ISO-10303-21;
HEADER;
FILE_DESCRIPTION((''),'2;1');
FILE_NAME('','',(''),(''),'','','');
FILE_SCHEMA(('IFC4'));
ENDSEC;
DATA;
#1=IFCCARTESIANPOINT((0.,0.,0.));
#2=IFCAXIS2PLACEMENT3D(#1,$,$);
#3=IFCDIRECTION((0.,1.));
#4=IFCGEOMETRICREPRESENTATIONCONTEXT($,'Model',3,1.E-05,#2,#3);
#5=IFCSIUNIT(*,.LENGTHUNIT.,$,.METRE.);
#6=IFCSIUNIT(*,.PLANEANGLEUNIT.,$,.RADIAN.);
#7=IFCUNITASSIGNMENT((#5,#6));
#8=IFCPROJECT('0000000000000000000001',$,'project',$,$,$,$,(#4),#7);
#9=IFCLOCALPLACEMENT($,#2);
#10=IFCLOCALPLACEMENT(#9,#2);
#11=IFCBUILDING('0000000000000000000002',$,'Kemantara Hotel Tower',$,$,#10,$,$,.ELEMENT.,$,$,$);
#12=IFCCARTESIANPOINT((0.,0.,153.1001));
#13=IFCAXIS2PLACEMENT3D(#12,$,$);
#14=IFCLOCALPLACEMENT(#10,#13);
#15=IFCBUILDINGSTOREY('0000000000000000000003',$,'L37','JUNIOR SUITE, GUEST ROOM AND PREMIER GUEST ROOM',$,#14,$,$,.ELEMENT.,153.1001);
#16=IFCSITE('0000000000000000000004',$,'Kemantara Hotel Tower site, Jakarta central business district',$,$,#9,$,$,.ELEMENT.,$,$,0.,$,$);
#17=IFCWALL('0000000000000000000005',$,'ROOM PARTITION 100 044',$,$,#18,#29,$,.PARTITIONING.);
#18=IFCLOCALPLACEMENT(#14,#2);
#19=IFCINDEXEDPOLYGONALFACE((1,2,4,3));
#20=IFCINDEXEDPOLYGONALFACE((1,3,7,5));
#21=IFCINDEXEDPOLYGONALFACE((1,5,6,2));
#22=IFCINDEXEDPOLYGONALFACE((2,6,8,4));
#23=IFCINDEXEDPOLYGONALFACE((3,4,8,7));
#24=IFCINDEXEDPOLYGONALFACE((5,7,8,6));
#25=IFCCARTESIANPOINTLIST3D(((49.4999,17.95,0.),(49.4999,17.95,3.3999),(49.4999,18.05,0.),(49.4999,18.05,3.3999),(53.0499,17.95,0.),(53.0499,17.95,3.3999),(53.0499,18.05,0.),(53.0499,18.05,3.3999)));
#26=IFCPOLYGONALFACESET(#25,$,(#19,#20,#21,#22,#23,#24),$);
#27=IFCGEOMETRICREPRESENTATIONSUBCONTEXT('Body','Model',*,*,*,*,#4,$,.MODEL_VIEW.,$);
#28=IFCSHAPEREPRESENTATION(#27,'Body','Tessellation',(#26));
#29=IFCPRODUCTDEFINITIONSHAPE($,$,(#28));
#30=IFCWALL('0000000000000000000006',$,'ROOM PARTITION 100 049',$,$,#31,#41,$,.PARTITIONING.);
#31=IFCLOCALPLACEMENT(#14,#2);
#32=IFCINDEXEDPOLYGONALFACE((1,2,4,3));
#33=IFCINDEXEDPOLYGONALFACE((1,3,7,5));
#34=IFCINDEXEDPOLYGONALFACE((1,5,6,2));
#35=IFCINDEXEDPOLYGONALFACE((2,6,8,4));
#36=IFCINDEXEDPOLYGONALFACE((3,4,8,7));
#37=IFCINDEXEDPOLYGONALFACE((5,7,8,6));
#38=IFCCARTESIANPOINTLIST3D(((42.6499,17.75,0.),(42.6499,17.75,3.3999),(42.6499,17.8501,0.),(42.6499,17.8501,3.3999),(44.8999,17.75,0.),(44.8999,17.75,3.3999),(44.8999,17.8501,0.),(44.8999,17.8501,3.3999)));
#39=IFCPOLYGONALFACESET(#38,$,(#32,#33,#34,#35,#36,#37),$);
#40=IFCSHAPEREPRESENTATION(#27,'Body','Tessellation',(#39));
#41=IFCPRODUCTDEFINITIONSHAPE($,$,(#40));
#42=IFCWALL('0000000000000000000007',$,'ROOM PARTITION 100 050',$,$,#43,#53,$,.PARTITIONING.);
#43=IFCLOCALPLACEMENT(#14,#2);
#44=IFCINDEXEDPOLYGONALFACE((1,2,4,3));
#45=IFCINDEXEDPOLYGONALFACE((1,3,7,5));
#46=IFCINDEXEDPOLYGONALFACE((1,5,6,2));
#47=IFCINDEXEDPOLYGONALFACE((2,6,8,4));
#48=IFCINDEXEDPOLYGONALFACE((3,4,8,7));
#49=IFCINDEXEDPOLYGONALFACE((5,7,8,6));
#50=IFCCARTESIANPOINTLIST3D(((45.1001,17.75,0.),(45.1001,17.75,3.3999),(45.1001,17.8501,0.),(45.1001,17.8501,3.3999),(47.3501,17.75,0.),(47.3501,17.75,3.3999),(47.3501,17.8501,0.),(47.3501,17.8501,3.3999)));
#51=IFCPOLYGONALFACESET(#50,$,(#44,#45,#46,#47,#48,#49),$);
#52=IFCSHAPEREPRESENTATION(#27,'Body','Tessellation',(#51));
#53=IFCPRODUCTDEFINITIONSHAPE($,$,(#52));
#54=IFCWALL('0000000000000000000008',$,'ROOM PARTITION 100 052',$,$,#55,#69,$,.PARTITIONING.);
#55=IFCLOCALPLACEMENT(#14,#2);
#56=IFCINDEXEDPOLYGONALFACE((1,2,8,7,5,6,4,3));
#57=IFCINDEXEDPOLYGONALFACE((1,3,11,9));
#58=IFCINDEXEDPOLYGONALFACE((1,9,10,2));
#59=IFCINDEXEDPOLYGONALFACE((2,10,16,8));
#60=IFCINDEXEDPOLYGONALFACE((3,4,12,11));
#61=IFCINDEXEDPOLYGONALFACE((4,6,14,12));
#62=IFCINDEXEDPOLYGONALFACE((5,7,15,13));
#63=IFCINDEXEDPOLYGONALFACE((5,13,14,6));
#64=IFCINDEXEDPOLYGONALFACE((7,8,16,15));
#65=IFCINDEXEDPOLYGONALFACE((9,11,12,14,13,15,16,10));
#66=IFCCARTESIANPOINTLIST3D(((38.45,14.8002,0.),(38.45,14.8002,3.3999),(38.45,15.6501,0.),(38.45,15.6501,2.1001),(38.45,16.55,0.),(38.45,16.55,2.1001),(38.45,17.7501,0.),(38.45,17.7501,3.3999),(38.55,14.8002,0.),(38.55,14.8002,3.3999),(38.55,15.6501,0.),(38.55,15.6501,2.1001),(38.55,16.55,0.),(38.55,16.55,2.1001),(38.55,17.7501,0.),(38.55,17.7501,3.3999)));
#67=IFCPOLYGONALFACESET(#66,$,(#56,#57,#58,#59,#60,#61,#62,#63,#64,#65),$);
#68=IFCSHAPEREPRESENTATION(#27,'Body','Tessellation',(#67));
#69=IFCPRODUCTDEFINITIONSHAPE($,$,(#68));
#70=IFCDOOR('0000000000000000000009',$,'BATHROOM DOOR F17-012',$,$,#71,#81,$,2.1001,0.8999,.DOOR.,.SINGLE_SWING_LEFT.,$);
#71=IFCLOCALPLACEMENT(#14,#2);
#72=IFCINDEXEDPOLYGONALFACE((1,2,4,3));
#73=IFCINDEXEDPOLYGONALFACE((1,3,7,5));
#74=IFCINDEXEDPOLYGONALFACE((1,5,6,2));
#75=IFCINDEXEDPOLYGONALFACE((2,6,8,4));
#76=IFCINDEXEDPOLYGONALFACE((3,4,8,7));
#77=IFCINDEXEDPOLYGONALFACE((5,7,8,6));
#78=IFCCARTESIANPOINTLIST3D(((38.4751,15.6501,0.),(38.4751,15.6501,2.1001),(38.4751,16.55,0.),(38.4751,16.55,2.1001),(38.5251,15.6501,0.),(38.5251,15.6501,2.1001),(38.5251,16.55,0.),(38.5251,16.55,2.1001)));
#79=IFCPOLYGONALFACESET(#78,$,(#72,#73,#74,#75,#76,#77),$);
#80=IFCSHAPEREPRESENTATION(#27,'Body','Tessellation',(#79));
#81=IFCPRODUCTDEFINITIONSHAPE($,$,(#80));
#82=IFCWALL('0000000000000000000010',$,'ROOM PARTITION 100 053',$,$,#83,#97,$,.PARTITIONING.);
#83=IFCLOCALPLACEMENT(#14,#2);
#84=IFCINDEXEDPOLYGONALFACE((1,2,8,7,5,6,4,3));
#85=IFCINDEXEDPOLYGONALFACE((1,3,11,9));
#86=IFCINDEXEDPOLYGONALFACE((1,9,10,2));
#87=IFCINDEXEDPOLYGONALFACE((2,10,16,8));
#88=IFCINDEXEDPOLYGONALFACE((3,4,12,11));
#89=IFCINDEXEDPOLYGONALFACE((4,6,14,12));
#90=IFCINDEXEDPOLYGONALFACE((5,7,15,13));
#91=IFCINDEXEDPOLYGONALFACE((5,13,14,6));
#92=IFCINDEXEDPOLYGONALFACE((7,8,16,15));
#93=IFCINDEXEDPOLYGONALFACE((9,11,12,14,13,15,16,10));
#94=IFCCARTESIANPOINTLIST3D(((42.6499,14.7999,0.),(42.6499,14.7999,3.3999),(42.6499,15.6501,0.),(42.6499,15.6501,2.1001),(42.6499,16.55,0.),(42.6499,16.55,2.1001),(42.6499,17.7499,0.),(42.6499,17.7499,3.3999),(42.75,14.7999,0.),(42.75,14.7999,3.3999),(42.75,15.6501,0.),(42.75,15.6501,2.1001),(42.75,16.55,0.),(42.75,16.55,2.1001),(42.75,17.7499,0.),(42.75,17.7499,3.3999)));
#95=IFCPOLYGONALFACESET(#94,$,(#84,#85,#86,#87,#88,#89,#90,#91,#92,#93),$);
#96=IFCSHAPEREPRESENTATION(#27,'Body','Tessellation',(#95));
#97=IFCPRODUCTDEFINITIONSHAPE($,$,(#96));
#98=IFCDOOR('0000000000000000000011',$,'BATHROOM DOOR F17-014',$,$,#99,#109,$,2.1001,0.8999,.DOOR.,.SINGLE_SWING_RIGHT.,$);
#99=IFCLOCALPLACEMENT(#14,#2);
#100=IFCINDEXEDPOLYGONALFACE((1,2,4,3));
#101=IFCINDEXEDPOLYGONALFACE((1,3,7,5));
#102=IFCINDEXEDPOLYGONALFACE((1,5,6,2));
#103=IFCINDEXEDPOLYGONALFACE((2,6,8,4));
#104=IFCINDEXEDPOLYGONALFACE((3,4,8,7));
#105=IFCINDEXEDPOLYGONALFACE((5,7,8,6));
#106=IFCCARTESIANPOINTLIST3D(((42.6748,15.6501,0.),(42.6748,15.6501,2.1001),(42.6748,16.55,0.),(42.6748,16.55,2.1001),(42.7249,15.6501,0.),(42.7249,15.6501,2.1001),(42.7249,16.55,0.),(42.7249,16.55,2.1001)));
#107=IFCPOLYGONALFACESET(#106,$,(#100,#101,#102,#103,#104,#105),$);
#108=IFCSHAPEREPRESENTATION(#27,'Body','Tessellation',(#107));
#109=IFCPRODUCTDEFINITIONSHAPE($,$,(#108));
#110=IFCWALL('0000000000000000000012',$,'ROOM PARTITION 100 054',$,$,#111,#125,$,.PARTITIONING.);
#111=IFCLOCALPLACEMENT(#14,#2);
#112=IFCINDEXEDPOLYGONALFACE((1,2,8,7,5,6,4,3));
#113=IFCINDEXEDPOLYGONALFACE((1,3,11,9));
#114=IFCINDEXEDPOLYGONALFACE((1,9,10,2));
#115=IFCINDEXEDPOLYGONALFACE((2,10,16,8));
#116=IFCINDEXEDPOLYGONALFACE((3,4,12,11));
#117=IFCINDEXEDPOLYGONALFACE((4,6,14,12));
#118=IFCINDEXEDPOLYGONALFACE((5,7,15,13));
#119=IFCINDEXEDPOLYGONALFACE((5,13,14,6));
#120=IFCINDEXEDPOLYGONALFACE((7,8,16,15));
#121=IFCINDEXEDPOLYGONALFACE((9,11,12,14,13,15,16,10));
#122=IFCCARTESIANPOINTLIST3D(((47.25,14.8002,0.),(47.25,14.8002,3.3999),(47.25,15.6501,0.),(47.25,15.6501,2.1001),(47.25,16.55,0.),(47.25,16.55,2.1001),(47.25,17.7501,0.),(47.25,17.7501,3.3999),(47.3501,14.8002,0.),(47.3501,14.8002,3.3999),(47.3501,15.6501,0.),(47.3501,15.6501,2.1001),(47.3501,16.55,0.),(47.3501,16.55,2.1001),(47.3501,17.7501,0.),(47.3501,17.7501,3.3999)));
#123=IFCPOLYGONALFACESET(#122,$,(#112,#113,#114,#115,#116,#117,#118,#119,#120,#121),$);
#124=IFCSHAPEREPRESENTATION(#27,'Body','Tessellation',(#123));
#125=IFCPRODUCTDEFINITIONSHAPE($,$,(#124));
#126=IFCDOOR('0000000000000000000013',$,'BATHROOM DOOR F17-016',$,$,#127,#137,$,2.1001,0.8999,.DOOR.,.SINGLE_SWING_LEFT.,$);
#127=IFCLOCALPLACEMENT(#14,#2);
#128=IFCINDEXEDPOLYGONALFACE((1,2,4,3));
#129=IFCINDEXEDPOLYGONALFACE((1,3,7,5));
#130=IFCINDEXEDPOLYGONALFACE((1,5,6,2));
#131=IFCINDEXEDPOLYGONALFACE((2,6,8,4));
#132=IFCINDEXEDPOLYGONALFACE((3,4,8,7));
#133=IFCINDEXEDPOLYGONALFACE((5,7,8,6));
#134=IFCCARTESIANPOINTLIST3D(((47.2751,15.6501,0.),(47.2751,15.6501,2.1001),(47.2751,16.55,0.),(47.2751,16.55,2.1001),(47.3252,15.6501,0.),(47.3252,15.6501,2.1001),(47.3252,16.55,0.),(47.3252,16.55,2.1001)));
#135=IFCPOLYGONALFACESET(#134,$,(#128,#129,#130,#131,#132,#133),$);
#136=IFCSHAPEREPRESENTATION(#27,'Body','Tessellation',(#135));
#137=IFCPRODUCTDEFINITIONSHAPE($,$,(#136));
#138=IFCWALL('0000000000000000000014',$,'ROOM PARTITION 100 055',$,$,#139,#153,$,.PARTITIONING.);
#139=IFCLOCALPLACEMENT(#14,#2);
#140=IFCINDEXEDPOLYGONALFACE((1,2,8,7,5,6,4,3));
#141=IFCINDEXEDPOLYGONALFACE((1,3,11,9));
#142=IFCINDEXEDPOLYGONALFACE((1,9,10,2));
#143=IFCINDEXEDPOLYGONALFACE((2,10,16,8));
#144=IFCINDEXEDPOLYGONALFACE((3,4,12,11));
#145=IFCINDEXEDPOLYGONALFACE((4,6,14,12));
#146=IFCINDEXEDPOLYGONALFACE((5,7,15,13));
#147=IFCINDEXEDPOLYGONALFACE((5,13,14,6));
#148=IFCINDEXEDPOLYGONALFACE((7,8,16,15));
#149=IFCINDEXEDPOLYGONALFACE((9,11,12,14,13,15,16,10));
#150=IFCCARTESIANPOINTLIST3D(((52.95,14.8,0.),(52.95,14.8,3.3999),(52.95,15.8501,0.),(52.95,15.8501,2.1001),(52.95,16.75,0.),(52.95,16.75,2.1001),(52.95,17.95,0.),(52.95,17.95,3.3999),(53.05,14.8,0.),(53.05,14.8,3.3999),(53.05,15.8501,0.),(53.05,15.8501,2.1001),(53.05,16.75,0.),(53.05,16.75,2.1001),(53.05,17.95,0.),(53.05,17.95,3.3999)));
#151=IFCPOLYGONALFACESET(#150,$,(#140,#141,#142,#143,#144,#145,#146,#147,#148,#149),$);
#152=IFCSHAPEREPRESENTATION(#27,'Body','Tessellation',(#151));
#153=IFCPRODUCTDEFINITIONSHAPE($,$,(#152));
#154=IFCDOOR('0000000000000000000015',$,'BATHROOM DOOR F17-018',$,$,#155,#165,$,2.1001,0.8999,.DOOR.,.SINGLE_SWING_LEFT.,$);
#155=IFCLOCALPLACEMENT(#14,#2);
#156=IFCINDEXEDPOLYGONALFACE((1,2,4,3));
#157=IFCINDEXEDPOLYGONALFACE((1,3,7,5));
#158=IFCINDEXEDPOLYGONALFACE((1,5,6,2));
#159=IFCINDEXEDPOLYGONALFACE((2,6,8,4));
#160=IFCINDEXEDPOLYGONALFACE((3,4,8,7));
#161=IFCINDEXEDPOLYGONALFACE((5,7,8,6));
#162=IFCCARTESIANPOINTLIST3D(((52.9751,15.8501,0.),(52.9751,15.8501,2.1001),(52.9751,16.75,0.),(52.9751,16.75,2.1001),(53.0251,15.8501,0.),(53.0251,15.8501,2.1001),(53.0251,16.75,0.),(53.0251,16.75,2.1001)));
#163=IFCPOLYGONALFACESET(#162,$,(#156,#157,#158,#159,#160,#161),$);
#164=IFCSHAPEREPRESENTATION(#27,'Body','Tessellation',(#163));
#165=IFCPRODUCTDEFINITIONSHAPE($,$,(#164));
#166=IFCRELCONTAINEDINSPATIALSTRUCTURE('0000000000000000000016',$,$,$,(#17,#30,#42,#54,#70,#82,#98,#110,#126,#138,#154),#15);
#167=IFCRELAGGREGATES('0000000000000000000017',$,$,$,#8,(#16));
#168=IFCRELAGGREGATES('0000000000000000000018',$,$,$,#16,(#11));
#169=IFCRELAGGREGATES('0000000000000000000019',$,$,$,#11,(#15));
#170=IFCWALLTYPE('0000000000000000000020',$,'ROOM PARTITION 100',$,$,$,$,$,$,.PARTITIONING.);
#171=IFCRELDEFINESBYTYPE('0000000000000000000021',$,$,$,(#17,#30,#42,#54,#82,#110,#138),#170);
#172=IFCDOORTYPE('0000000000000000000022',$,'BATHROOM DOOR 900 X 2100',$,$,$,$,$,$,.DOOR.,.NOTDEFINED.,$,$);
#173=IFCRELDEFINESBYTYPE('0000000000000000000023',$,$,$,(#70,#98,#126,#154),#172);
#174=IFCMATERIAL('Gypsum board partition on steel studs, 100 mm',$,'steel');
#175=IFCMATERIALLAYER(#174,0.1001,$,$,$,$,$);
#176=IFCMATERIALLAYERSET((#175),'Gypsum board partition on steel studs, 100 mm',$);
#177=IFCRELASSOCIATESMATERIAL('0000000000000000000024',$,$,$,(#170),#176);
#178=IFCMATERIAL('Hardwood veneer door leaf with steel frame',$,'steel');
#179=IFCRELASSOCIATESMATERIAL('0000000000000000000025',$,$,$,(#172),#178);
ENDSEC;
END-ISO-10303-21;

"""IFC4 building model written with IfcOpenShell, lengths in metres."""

from ifc_helpers import new_model, si_unit, direction, frame, frame_2d, origin, place, context, subcontext, project, spatial, rectangle, extrude, material, layer, layer_set, type_object, element, fill, save


model = new_model("IFC4")

# Units and contexts
model_context = context("Model", 3, precision=1e-05, world=origin(), true_north=direction((0.0, 1.0)))
body_context = subcontext(model_context, "Body", "Model", "MODEL_VIEW")
ifc_project = project(units=[si_unit("LENGTHUNIT", "METRE"), si_unit("PLANEANGLEUNIT", "RADIAN")], contexts=[model_context])

# Site, building, storey
site_placement = place(None, origin())
site = spatial("IfcSite", under=ifc_project, at=site_placement, Name="Kemantara Hotel Tower site, Jakarta central business district", CompositionType="ELEMENT", RefElevation=0.0)
building_placement = place(site_placement, origin())
building = spatial("IfcBuilding", under=site, at=building_placement, Name="Kemantara Hotel Tower", CompositionType="ELEMENT")
storey_placement = place(building_placement, frame((0.0, 0.0, 153.1001)))
storey = spatial("IfcBuildingStorey", under=building, at=storey_placement, Name="L37", Description="JUNIOR SUITE, GUEST ROOM AND PREMIER GUEST ROOM", CompositionType="ELEMENT", Elevation=153.1001)

# Walls
ifc_material_1 = material(Name="Gypsum board partition on steel studs, 100 mm", Category="steel")
ifc_layer_1 = layer(ifc_material_1, 0.1001)
ifc_layer_set_1 = layer_set([ifc_layer_1], Name="Gypsum board partition on steel studs, 100 mm")
wall_type_1 = type_object("IfcWallType", Name="ROOM PARTITION 100", PredefinedType="PARTITIONING", material=ifc_layer_set_1)
wall_1_placement = place(storey_placement, frame((49.5, 18.0, 0.0), z_axis=(0.0, 0.0, 1.0), x_axis=(1.0, 0.0, 0.0)))
element("IfcWall", 1, at=wall_1_placement, inside=storey, type_object=wall_type_1, Name="ROOM PARTITION 100 044", PredefinedType="PARTITIONING", context=body_context, shape_type="SweptSolid", body=[
    extrude(rectangle(XDim=3.55, YDim=0.1001, at=frame_2d((1.7749, 0.0))), origin(), (0.0, 0.0, 1.0), 3.3999),
])
for number, where, z_axis, x_axis, name in (
    (2, (42.6499, 17.8, 0.0), (0.0, 0.0, 1.0), (1.0, 0.0, 0.0), "ROOM PARTITION 100 049"),
    (3, (45.1001, 17.8, 0.0), (0.0, 0.0, 1.0), (1.0, 0.0, 0.0), "ROOM PARTITION 100 050"),
):
    element("IfcWall", number, at=place(storey_placement, frame(where, z_axis=z_axis, x_axis=x_axis)), inside=storey, type_object=wall_type_1, Name=name, PredefinedType="PARTITIONING", context=body_context, shape_type="SweptSolid", body=[
        extrude(rectangle(XDim=2.25, YDim=0.1001, at=frame_2d((1.125, 0.0))), origin(), (0.0, 0.0, 1.0), 3.3999),
    ])

# Walls, openings, doors
wall_2_placement = place(storey_placement, frame((38.5, 14.8, 0.0), z_axis=(0.0, 0.0, 1.0), x_axis=(0.0, 1.0, 0.0)))
wall_2 = element("IfcWall", 4, at=wall_2_placement, inside=storey, type_object=wall_type_1, Name="ROOM PARTITION 100 052", PredefinedType="PARTITIONING", context=body_context, shape_type="SweptSolid", body=[
    extrude(rectangle(XDim=2.95, YDim=0.1001, at=frame_2d((1.4751, 0.0))), origin(), (0.0, 0.0, 1.0), 3.3999),
])
opening_1_placement = place(wall_2_placement, frame((0.8501, 0.0, 0.0)))
opening_1 = element("IfcOpeningElement", 5, at=opening_1_placement, cuts=wall_2, PredefinedType="OPENING", context=body_context, shape_type="SweptSolid", body=[
    extrude(rectangle(XDim=0.8999, YDim=2.1001, at=frame_2d((0.45, 1.05))), frame((0.0, 0.0601, 0.0), z_axis=(0.0, -1.0, 0.0), x_axis=(1.0, 0.0, 0.0)), (0.0, 0.0, 1.0), 0.1201),
])
ifc_material_2 = material(Name="Hardwood veneer door leaf with steel frame", Category="steel")
door_type = type_object("IfcDoorType", Name="BATHROOM DOOR 900 X 2100", OperationType="NOTDEFINED", PredefinedType="DOOR", material=ifc_material_2)
door_1_placement = place(opening_1_placement, origin())
door_1 = element("IfcDoor", 6, at=door_1_placement, inside=storey, type_object=door_type, Name="BATHROOM DOOR F17-012", OperationType="SINGLE_SWING_LEFT", OverallHeight=2.1001, OverallWidth=0.8999, PredefinedType="DOOR", context=body_context, shape_type="SweptSolid", body=[
    extrude(rectangle(XDim=0.8999, YDim=2.1001, at=frame_2d((0.45, 1.05))), frame((0.0, 0.0249, 0.0), z_axis=(0.0, -1.0, 0.0), x_axis=(1.0, 0.0, 0.0)), (0.0, 0.0, 1.0), 0.05),
])
fill(opening_1, door_1)
wall_3_placement = place(storey_placement, frame((42.7, 17.75, 0.0), z_axis=(0.0, 0.0, 1.0), x_axis=(0.0, -1.0, 0.0)))
wall_3 = element("IfcWall", 7, at=wall_3_placement, inside=storey, type_object=wall_type_1, Name="ROOM PARTITION 100 053", PredefinedType="PARTITIONING", context=body_context, shape_type="SweptSolid", body=[
    extrude(rectangle(XDim=2.95, YDim=0.1001, at=frame_2d((1.4751, 0.0))), origin(), (0.0, 0.0, 1.0), 3.3999),
])
opening_2_placement = place(wall_3_placement, frame((1.2, 0.0, 0.0)))
opening_2 = element("IfcOpeningElement", 8, at=opening_2_placement, cuts=wall_3, PredefinedType="OPENING", context=body_context, shape_type="SweptSolid", body=[
    extrude(rectangle(XDim=0.8999, YDim=2.1001, at=frame_2d((0.45, 1.05))), frame((0.0, 0.0601, 0.0), z_axis=(0.0, -1.0, 0.0), x_axis=(1.0, 0.0, 0.0)), (0.0, 0.0, 1.0), 0.1201),
])
door_2_placement = place(opening_2_placement, origin())
door_2 = element("IfcDoor", 9, at=door_2_placement, inside=storey, type_object=door_type, Name="BATHROOM DOOR F17-014", OperationType="SINGLE_SWING_RIGHT", OverallHeight=2.1001, OverallWidth=0.8999, PredefinedType="DOOR", context=body_context, shape_type="SweptSolid", body=[
    extrude(rectangle(XDim=0.8999, YDim=2.1001, at=frame_2d((0.45, 1.05))), frame((0.0, 0.0249, 0.0), z_axis=(0.0, -1.0, 0.0), x_axis=(1.0, 0.0, 0.0)), (0.0, 0.0, 1.0), 0.05),
])
fill(opening_2, door_2)
wall_4_placement = place(storey_placement, frame((47.3, 14.8, 0.0), z_axis=(0.0, 0.0, 1.0), x_axis=(0.0, 1.0, 0.0)))
wall_4 = element("IfcWall", 10, at=wall_4_placement, inside=storey, type_object=wall_type_1, Name="ROOM PARTITION 100 054", PredefinedType="PARTITIONING", context=body_context, shape_type="SweptSolid", body=[
    extrude(rectangle(XDim=2.95, YDim=0.1001, at=frame_2d((1.4751, 0.0))), origin(), (0.0, 0.0, 1.0), 3.3999),
])
opening_3_placement = place(wall_4_placement, frame((0.8501, 0.0, 0.0)))
opening_3 = element("IfcOpeningElement", 11, at=opening_3_placement, cuts=wall_4, PredefinedType="OPENING", context=body_context, shape_type="SweptSolid", body=[
    extrude(rectangle(XDim=0.8999, YDim=2.1001, at=frame_2d((0.45, 1.05))), frame((0.0, 0.0601, 0.0), z_axis=(0.0, -1.0, 0.0), x_axis=(1.0, 0.0, 0.0)), (0.0, 0.0, 1.0), 0.1201),
])
door_3_placement = place(opening_3_placement, origin())
door_3 = element("IfcDoor", 12, at=door_3_placement, inside=storey, type_object=door_type, Name="BATHROOM DOOR F17-016", OperationType="SINGLE_SWING_LEFT", OverallHeight=2.1001, OverallWidth=0.8999, PredefinedType="DOOR", context=body_context, shape_type="SweptSolid", body=[
    extrude(rectangle(XDim=0.8999, YDim=2.1001, at=frame_2d((0.45, 1.05))), frame((0.0, 0.0249, 0.0), z_axis=(0.0, -1.0, 0.0), x_axis=(1.0, 0.0, 0.0)), (0.0, 0.0, 1.0), 0.05),
])
fill(opening_3, door_3)
wall_5_placement = place(storey_placement, frame((53.0, 14.8, 0.0), z_axis=(0.0, 0.0, 1.0), x_axis=(0.0, 1.0, 0.0)))
wall_5 = element("IfcWall", 13, at=wall_5_placement, inside=storey, type_object=wall_type_1, Name="ROOM PARTITION 100 055", PredefinedType="PARTITIONING", context=body_context, shape_type="SweptSolid", body=[
    extrude(rectangle(XDim=3.1499, YDim=0.1001, at=frame_2d((1.575, 0.0))), origin(), (0.0, 0.0, 1.0), 3.3999),
])
opening_4_placement = place(wall_5_placement, frame((1.05, 0.0, 0.0)))
opening_4 = element("IfcOpeningElement", 14, at=opening_4_placement, cuts=wall_5, PredefinedType="OPENING", context=body_context, shape_type="SweptSolid", body=[
    extrude(rectangle(XDim=0.8999, YDim=2.1001, at=frame_2d((0.45, 1.05))), frame((0.0, 0.0601, 0.0), z_axis=(0.0, -1.0, 0.0), x_axis=(1.0, 0.0, 0.0)), (0.0, 0.0, 1.0), 0.1201),
])
door_4_placement = place(opening_4_placement, origin())
door_4 = element("IfcDoor", 15, at=door_4_placement, inside=storey, type_object=door_type, Name="BATHROOM DOOR F17-018", OperationType="SINGLE_SWING_LEFT", OverallHeight=2.1001, OverallWidth=0.8999, PredefinedType="DOOR", context=body_context, shape_type="SweptSolid", body=[
    extrude(rectangle(XDim=0.8999, YDim=2.1001, at=frame_2d((0.45, 1.05))), frame((0.0, 0.0249, 0.0), z_axis=(0.0, -1.0, 0.0), x_axis=(1.0, 0.0, 0.0)), (0.0, 0.0, 1.0), 0.05),
])
fill(opening_4, door_4)

save(model, "model.ifc")
